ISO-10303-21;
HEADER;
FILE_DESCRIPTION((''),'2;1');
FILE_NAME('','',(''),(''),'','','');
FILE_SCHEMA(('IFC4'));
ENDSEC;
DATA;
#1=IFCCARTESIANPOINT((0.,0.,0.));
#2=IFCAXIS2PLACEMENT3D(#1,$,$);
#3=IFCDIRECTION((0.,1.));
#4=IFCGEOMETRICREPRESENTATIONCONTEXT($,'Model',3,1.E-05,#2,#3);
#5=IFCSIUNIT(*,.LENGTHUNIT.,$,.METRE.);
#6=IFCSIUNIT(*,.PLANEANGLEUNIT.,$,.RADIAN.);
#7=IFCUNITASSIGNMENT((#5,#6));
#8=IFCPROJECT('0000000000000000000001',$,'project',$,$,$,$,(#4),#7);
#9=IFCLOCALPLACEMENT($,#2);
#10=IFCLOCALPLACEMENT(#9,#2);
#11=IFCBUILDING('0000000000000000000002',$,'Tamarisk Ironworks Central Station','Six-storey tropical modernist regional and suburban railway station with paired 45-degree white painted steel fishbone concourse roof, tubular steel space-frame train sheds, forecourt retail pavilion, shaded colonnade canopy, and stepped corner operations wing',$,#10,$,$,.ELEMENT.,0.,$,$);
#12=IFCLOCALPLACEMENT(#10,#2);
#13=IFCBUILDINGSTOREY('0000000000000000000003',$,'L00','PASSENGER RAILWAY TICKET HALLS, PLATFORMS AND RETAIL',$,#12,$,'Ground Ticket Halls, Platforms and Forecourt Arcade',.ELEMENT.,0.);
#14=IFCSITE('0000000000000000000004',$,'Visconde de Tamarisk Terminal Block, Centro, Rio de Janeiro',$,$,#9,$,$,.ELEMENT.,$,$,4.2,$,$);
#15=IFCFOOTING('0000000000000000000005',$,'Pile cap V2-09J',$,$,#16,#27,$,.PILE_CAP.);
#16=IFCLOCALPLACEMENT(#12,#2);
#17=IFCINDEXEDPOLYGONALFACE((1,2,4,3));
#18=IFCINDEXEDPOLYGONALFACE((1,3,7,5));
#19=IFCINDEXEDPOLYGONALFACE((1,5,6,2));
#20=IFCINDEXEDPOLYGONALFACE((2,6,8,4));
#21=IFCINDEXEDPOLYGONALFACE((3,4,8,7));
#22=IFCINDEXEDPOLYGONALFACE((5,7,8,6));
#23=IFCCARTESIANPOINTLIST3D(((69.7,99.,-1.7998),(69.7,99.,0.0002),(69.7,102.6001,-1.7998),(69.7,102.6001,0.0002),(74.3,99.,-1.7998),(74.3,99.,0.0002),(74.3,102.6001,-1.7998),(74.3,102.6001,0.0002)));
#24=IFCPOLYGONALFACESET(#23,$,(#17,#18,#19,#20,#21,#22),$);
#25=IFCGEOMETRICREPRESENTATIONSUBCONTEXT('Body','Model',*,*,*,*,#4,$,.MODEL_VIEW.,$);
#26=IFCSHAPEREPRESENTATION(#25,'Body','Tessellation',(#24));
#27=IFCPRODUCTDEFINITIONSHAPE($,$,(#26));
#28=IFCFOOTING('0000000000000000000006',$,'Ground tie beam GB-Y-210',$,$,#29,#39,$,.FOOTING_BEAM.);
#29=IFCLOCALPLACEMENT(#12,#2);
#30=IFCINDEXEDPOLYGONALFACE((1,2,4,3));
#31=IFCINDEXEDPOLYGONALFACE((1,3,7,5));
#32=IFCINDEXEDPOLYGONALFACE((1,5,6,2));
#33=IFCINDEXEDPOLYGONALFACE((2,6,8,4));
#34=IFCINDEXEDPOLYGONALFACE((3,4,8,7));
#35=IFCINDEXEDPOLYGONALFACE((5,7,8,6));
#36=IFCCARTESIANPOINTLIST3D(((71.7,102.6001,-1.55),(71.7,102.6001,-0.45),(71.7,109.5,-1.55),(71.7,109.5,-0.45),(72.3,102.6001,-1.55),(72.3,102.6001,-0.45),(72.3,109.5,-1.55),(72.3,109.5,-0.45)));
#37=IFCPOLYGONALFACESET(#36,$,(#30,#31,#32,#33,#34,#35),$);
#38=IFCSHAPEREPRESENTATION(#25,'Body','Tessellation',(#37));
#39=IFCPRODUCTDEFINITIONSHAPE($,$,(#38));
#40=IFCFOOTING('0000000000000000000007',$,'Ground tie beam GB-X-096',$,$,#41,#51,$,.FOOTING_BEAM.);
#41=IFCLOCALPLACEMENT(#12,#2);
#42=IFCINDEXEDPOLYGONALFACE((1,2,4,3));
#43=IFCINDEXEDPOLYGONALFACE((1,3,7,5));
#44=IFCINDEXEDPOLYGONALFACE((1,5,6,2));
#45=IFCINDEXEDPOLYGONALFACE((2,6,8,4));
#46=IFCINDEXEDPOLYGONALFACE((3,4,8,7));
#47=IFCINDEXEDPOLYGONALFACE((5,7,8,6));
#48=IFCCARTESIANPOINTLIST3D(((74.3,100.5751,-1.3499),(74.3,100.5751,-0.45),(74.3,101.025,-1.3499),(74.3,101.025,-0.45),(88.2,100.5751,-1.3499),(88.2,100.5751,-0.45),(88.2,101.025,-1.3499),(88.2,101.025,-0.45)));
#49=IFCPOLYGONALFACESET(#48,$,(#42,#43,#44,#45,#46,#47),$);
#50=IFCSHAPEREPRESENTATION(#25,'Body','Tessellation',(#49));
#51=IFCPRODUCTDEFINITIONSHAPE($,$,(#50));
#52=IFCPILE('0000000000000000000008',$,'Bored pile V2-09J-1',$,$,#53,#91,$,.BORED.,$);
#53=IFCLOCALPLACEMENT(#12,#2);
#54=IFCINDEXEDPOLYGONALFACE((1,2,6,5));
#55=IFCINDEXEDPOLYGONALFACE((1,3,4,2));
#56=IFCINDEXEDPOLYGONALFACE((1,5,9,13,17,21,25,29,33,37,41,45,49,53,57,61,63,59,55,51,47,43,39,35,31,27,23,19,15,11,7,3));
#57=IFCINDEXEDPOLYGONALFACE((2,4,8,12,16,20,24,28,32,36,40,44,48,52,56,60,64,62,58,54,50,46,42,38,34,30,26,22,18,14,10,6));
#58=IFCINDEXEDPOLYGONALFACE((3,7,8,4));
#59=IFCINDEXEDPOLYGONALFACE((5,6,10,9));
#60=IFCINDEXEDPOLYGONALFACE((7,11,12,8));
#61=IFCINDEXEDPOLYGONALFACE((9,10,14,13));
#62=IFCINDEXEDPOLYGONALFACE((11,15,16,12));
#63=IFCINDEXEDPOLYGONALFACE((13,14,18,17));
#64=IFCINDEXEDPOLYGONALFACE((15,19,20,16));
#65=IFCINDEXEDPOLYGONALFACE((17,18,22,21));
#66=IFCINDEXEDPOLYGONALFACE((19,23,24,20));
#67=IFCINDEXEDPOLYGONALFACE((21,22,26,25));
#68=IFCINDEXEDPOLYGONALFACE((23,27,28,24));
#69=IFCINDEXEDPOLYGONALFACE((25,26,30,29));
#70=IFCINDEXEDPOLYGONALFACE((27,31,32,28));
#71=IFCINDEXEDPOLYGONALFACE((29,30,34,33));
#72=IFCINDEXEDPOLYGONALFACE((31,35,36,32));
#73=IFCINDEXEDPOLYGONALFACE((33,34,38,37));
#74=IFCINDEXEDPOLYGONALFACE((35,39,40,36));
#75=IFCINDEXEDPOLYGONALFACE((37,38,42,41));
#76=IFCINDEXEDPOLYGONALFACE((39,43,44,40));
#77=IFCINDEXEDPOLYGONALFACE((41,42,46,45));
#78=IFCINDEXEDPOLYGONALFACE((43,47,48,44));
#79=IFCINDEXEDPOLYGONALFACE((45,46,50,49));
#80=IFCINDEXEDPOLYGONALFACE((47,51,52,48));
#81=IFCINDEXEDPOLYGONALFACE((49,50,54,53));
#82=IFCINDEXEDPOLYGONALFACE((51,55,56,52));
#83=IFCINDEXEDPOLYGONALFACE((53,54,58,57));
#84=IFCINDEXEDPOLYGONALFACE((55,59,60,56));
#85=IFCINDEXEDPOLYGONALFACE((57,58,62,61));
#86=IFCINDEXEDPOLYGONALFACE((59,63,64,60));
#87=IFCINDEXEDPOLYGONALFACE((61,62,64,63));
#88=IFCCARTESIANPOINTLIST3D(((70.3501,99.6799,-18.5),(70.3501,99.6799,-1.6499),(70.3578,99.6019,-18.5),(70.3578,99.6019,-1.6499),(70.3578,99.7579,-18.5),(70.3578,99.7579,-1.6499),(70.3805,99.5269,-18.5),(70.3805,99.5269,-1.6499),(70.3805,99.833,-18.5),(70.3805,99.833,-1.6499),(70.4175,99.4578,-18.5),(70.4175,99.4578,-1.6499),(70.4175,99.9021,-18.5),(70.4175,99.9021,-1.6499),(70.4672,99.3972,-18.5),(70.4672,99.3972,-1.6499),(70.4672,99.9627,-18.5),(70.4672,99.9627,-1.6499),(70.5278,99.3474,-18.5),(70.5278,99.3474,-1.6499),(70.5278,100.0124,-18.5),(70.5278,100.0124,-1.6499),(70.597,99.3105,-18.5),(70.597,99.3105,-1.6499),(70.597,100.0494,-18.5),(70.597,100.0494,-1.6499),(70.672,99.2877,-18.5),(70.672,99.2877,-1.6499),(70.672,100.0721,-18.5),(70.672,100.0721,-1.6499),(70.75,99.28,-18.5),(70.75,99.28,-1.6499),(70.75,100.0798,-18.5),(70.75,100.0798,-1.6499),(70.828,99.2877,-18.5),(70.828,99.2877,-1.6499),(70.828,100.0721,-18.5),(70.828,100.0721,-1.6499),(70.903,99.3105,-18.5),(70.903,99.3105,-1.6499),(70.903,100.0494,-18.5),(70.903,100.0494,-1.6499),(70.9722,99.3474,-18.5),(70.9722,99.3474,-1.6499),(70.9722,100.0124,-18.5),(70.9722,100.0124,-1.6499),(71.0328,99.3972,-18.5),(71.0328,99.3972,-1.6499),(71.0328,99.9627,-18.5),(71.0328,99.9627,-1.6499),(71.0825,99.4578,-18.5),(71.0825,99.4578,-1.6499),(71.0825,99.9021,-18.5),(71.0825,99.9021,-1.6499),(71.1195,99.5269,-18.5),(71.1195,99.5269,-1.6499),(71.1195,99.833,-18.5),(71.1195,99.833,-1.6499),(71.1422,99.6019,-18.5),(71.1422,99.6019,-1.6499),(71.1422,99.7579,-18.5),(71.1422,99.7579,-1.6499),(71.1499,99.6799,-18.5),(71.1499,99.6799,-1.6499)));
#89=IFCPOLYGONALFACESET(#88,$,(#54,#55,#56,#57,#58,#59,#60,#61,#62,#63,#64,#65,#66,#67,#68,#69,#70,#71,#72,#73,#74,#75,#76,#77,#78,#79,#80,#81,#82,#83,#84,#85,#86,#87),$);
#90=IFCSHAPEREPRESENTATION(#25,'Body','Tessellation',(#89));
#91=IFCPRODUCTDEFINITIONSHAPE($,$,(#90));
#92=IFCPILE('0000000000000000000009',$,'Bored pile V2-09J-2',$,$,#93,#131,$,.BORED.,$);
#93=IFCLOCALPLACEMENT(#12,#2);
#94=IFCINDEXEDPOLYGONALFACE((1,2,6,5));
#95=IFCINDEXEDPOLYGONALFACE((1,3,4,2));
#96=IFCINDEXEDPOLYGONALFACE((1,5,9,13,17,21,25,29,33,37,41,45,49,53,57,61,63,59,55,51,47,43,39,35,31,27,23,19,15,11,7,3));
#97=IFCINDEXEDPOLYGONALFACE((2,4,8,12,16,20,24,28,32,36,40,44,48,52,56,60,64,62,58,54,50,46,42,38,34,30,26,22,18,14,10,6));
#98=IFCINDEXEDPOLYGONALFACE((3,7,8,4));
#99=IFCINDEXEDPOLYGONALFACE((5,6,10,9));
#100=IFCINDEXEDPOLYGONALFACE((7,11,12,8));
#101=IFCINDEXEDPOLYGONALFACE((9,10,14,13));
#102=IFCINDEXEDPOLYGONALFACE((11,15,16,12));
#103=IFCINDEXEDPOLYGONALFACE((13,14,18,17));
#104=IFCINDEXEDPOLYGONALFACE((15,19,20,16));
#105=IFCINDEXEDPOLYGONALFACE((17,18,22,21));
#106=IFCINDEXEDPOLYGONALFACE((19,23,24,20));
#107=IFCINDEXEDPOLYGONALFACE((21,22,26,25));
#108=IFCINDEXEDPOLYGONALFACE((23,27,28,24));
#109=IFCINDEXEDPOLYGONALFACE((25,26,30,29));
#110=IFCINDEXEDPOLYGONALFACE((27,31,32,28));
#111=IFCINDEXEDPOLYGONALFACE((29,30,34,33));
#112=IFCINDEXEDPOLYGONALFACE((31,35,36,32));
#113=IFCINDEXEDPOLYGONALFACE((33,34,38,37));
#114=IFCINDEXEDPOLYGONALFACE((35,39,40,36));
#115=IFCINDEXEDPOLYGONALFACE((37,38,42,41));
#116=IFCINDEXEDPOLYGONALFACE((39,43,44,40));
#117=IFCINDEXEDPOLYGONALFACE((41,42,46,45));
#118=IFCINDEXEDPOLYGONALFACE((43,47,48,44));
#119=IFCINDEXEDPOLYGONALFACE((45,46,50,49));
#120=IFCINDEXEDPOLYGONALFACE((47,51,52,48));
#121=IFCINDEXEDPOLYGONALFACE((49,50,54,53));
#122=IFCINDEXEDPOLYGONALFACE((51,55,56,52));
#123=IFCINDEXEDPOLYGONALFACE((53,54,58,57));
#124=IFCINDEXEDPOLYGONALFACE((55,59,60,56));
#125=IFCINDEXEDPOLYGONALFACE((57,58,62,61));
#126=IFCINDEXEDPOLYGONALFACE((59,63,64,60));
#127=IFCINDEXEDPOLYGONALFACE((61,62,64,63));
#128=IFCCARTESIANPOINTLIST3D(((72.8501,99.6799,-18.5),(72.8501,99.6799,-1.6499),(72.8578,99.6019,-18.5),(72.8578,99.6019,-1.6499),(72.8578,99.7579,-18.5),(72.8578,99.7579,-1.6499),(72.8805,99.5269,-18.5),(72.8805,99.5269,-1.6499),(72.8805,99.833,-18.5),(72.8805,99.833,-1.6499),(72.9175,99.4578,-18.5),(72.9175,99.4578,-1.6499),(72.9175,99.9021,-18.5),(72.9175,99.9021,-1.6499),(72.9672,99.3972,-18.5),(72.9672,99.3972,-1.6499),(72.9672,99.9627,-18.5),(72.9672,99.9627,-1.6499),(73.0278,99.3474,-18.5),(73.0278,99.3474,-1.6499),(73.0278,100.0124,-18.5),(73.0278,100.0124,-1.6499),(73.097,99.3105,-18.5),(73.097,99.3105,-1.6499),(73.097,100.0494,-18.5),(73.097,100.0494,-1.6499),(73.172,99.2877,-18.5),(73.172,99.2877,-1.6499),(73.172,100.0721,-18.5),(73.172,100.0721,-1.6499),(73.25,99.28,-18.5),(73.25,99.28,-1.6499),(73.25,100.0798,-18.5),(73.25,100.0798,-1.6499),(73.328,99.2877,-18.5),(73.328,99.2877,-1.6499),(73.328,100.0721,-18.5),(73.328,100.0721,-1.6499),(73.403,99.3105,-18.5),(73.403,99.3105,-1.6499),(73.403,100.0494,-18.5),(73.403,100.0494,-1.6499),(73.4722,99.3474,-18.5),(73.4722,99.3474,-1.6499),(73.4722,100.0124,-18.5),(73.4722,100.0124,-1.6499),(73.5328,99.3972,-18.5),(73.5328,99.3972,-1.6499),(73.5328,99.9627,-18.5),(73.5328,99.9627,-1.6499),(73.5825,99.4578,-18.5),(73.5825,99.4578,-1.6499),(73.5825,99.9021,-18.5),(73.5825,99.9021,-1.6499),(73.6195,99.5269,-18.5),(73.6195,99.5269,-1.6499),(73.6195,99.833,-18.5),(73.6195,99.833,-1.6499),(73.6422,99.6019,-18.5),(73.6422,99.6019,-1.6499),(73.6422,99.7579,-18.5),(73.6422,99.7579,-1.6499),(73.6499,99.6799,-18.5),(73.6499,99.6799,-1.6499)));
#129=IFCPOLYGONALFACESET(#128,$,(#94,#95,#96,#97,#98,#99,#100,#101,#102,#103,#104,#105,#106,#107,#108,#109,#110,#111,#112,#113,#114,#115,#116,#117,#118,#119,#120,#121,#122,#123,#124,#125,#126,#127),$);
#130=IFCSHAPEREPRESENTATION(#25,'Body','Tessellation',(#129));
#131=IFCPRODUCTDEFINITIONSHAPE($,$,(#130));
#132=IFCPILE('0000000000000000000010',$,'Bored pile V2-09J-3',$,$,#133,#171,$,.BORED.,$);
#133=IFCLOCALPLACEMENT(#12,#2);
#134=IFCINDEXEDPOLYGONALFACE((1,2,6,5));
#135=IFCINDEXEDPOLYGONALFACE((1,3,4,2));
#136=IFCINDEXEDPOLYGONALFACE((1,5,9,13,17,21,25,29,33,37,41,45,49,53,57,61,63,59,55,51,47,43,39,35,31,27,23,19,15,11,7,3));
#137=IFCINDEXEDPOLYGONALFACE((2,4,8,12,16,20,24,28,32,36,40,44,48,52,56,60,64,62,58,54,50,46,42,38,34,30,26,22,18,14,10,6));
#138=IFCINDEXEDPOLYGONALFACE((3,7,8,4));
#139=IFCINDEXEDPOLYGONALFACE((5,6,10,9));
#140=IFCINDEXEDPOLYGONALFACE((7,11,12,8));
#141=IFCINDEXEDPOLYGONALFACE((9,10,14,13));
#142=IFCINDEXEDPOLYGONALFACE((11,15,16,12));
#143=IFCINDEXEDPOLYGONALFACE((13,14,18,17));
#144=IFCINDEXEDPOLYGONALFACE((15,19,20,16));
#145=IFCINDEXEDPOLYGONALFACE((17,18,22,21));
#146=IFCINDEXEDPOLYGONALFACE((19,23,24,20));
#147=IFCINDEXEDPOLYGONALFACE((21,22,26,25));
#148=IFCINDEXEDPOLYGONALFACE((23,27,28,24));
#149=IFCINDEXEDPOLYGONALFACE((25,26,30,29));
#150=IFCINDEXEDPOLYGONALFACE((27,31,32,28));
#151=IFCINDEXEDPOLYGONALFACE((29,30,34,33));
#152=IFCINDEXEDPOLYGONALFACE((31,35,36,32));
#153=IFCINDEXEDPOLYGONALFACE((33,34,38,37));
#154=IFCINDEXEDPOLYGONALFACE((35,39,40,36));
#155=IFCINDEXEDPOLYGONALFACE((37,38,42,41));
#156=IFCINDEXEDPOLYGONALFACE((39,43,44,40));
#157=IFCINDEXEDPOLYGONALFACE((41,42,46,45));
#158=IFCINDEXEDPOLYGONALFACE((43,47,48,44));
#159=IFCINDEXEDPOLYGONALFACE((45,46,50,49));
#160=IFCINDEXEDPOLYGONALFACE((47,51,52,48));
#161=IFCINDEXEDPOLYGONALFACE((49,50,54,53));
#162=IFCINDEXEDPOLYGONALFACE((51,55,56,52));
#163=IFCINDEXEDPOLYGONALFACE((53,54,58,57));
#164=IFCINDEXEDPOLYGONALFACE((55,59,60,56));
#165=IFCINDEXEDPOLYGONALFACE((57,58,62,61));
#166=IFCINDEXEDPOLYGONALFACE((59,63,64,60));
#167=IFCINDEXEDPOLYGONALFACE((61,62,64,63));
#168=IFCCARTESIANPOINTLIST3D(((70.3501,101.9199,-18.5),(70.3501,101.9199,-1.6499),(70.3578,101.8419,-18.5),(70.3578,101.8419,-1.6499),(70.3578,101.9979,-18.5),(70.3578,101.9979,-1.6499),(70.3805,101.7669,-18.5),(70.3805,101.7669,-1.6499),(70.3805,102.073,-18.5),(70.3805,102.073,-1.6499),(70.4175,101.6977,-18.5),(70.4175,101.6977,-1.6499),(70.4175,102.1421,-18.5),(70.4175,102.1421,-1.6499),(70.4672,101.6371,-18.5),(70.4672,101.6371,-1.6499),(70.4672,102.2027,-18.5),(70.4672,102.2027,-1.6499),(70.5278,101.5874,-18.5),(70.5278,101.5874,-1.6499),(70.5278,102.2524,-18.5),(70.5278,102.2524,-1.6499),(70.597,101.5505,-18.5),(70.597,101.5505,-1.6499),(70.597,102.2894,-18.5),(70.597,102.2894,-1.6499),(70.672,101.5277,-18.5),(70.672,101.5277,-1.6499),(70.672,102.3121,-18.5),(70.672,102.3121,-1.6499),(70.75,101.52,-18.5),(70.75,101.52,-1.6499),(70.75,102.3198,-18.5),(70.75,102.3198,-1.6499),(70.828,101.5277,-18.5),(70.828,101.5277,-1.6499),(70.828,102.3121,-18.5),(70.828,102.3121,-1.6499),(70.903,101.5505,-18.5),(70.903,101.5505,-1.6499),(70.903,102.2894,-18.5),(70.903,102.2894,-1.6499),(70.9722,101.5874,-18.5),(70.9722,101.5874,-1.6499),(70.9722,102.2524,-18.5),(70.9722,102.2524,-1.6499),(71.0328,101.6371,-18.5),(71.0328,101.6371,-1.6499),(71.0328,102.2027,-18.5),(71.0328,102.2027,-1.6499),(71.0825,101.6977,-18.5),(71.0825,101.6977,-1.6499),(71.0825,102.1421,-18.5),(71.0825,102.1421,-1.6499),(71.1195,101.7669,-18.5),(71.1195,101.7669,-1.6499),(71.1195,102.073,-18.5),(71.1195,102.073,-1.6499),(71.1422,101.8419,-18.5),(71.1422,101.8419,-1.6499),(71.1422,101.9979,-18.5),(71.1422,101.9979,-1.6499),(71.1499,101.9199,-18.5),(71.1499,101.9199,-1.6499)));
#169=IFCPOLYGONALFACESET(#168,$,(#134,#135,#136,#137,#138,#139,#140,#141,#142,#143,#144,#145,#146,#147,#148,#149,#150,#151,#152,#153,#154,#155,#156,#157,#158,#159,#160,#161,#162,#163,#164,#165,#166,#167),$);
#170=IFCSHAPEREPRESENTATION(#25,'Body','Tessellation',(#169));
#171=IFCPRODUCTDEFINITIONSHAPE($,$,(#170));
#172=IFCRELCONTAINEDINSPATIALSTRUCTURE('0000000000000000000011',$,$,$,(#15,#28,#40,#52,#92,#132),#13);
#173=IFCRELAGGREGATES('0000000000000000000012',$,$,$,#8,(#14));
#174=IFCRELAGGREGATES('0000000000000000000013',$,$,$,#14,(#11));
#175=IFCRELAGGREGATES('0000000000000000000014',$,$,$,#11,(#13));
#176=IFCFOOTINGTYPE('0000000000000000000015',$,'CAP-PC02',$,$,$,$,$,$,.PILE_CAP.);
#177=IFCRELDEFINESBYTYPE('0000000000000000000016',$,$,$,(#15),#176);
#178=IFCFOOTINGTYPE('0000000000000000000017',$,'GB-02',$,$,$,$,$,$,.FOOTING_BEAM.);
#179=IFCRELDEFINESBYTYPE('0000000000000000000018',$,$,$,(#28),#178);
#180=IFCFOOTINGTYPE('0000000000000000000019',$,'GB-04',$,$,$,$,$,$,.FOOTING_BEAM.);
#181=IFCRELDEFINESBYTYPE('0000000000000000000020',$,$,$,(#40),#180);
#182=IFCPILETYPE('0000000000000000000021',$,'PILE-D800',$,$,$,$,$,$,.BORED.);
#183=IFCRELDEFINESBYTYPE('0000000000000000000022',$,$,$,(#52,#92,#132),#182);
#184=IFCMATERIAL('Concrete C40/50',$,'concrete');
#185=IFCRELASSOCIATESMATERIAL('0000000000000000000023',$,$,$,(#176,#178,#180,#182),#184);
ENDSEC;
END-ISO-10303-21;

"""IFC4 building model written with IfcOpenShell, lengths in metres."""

from ifc_helpers import new_model, si_unit, direction, frame, origin, origin_2d, place, context, subcontext, project, spatial, rectangle, circle, extrude, material, material_profile, profile_set, type_object, element, save


model = new_model("IFC4")

# Units and contexts
model_context = context("Model", 3, precision=1e-05, world=origin(), true_north=direction((0.0, 1.0)))
body_context = subcontext(model_context, "Body", "Model", "MODEL_VIEW")
ifc_project = project(units=[si_unit("LENGTHUNIT", "METRE"), si_unit("PLANEANGLEUNIT", "RADIAN")], contexts=[model_context])

# Site, building, storey
site_placement = place(None, origin())
site = spatial("IfcSite", under=ifc_project, at=site_placement, Name="Visconde de Tamarisk Terminal Block, Centro, Rio de Janeiro", CompositionType="ELEMENT", RefElevation=4.2)
building_placement = place(site_placement, origin())
building = spatial("IfcBuilding", under=site, at=building_placement, Name="Tamarisk Ironworks Central Station", Description="Six-storey tropical modernist regional and suburban railway station with paired 45-degree white painted steel fishbone concourse roof, tubular steel space-frame train sheds, forecourt retail pavilion, shaded colonnade canopy, and stepped corner operations wing", CompositionType="ELEMENT", ElevationOfRefHeight=0.0)
storey_placement = place(building_placement, origin())
storey = spatial("IfcBuildingStorey", under=building, at=storey_placement, Name="L00", Description="PASSENGER RAILWAY TICKET HALLS, PLATFORMS AND RETAIL", LongName="Ground Ticket Halls, Platforms and Forecourt Arcade", CompositionType="ELEMENT", Elevation=0.0)

# Footings
ifc_material_1 = material(Name="Concrete C40/50", Category="concrete")
footing_type_1 = type_object("IfcFootingType", Name="CAP-PC02", PredefinedType="PILE_CAP", material=ifc_material_1)
footing_1_placement = place(storey_placement, frame((72.0, 100.8, -1.7998), z_axis=(0.0, 0.0, 1.0), x_axis=(1.0, 0.0, 0.0)))
element("IfcFooting", 1, at=footing_1_placement, inside=storey, type_object=footing_type_1, Name="Pile cap V2-09J", PredefinedType="PILE_CAP", context=body_context, shape_type="SweptSolid", body=[
    extrude(rectangle(XDim=4.6001, YDim=3.6001, at=origin_2d()), origin(), (0.0, 0.0, 1.0), 1.8),
])
ifc_material_profile_1 = material_profile(ifc_material_1, rectangle(XDim=0.6001, YDim=1.1001, at=origin_2d()), Name="GB02 600x1100")
ifc_profile_set_1 = profile_set([ifc_material_profile_1], Name="Concrete C40/50")
footing_type_2 = type_object("IfcFootingType", Name="GB-02", PredefinedType="FOOTING_BEAM", material=ifc_profile_set_1)
footing_2_placement = place(storey_placement, frame((72.0, 102.6001, -1.0), z_axis=(0.0, 1.0, 0.0), x_axis=(-1.0, 0.0, 0.0)))
element("IfcFooting", 2, at=footing_2_placement, inside=storey, type_object=footing_type_2, Name="Ground tie beam GB-Y-210", PredefinedType="FOOTING_BEAM", context=body_context, shape_type="SweptSolid", body=[
    extrude(rectangle(XDim=0.6001, YDim=1.1001, at=origin_2d()), origin(), (0.0, 0.0, 1.0), 6.8999),
])
ifc_material_profile_2 = material_profile(ifc_material_1, rectangle(XDim=0.45, YDim=0.8999, at=origin_2d()), Name="GB04 450x900")
ifc_profile_set_2 = profile_set([ifc_material_profile_2], Name="Concrete C40/50")
footing_type_3 = type_object("IfcFootingType", Name="GB-04", PredefinedType="FOOTING_BEAM", material=ifc_profile_set_2)
footing_3_placement = place(storey_placement, frame((74.3, 100.8, -0.8999), z_axis=(1.0, 0.0, 0.0), x_axis=(0.0, 1.0, 0.0)))
element("IfcFooting", 3, at=footing_3_placement, inside=storey, type_object=footing_type_3, Name="Ground tie beam GB-X-096", PredefinedType="FOOTING_BEAM", context=body_context, shape_type="SweptSolid", body=[
    extrude(rectangle(XDim=0.45, YDim=0.8999, at=origin_2d()), origin(), (0.0, 0.0, 1.0), 13.8999),
])

# Piles
ifc_material_profile_3 = material_profile(ifc_material_1, circle(Radius=0.3999, at=origin_2d()), Name="BORED PILE D800")
ifc_profile_set_3 = profile_set([ifc_material_profile_3], Name="Concrete C40/50")
pile_type = type_object("IfcPileType", Name="PILE-D800", PredefinedType="BORED", material=ifc_profile_set_3)
for number, where, z_axis, x_axis, name in (
    (4, (70.75, 99.6799, -1.6499), (0.0, 0.0, -1.0), (1.0, 0.0, 0.0), "Bored pile V2-09J-1"),
    (5, (73.25, 99.6799, -1.6499), (0.0, 0.0, -1.0), (1.0, 0.0, 0.0), "Bored pile V2-09J-2"),
    (6, (70.75, 101.9199, -1.6499), (0.0, 0.0, -1.0), (1.0, 0.0, 0.0), "Bored pile V2-09J-3"),
):
    element("IfcPile", number, at=place(storey_placement, frame(where, z_axis=z_axis, x_axis=x_axis)), inside=storey, type_object=pile_type, Name=name, PredefinedType="BORED", context=body_context, shape_type="SweptSolid", body=[
        extrude(circle(Radius=0.3999, at=origin_2d()), origin(), (0.0, 0.0, 1.0), 16.8501),
    ])

save(model, "model.ifc")
